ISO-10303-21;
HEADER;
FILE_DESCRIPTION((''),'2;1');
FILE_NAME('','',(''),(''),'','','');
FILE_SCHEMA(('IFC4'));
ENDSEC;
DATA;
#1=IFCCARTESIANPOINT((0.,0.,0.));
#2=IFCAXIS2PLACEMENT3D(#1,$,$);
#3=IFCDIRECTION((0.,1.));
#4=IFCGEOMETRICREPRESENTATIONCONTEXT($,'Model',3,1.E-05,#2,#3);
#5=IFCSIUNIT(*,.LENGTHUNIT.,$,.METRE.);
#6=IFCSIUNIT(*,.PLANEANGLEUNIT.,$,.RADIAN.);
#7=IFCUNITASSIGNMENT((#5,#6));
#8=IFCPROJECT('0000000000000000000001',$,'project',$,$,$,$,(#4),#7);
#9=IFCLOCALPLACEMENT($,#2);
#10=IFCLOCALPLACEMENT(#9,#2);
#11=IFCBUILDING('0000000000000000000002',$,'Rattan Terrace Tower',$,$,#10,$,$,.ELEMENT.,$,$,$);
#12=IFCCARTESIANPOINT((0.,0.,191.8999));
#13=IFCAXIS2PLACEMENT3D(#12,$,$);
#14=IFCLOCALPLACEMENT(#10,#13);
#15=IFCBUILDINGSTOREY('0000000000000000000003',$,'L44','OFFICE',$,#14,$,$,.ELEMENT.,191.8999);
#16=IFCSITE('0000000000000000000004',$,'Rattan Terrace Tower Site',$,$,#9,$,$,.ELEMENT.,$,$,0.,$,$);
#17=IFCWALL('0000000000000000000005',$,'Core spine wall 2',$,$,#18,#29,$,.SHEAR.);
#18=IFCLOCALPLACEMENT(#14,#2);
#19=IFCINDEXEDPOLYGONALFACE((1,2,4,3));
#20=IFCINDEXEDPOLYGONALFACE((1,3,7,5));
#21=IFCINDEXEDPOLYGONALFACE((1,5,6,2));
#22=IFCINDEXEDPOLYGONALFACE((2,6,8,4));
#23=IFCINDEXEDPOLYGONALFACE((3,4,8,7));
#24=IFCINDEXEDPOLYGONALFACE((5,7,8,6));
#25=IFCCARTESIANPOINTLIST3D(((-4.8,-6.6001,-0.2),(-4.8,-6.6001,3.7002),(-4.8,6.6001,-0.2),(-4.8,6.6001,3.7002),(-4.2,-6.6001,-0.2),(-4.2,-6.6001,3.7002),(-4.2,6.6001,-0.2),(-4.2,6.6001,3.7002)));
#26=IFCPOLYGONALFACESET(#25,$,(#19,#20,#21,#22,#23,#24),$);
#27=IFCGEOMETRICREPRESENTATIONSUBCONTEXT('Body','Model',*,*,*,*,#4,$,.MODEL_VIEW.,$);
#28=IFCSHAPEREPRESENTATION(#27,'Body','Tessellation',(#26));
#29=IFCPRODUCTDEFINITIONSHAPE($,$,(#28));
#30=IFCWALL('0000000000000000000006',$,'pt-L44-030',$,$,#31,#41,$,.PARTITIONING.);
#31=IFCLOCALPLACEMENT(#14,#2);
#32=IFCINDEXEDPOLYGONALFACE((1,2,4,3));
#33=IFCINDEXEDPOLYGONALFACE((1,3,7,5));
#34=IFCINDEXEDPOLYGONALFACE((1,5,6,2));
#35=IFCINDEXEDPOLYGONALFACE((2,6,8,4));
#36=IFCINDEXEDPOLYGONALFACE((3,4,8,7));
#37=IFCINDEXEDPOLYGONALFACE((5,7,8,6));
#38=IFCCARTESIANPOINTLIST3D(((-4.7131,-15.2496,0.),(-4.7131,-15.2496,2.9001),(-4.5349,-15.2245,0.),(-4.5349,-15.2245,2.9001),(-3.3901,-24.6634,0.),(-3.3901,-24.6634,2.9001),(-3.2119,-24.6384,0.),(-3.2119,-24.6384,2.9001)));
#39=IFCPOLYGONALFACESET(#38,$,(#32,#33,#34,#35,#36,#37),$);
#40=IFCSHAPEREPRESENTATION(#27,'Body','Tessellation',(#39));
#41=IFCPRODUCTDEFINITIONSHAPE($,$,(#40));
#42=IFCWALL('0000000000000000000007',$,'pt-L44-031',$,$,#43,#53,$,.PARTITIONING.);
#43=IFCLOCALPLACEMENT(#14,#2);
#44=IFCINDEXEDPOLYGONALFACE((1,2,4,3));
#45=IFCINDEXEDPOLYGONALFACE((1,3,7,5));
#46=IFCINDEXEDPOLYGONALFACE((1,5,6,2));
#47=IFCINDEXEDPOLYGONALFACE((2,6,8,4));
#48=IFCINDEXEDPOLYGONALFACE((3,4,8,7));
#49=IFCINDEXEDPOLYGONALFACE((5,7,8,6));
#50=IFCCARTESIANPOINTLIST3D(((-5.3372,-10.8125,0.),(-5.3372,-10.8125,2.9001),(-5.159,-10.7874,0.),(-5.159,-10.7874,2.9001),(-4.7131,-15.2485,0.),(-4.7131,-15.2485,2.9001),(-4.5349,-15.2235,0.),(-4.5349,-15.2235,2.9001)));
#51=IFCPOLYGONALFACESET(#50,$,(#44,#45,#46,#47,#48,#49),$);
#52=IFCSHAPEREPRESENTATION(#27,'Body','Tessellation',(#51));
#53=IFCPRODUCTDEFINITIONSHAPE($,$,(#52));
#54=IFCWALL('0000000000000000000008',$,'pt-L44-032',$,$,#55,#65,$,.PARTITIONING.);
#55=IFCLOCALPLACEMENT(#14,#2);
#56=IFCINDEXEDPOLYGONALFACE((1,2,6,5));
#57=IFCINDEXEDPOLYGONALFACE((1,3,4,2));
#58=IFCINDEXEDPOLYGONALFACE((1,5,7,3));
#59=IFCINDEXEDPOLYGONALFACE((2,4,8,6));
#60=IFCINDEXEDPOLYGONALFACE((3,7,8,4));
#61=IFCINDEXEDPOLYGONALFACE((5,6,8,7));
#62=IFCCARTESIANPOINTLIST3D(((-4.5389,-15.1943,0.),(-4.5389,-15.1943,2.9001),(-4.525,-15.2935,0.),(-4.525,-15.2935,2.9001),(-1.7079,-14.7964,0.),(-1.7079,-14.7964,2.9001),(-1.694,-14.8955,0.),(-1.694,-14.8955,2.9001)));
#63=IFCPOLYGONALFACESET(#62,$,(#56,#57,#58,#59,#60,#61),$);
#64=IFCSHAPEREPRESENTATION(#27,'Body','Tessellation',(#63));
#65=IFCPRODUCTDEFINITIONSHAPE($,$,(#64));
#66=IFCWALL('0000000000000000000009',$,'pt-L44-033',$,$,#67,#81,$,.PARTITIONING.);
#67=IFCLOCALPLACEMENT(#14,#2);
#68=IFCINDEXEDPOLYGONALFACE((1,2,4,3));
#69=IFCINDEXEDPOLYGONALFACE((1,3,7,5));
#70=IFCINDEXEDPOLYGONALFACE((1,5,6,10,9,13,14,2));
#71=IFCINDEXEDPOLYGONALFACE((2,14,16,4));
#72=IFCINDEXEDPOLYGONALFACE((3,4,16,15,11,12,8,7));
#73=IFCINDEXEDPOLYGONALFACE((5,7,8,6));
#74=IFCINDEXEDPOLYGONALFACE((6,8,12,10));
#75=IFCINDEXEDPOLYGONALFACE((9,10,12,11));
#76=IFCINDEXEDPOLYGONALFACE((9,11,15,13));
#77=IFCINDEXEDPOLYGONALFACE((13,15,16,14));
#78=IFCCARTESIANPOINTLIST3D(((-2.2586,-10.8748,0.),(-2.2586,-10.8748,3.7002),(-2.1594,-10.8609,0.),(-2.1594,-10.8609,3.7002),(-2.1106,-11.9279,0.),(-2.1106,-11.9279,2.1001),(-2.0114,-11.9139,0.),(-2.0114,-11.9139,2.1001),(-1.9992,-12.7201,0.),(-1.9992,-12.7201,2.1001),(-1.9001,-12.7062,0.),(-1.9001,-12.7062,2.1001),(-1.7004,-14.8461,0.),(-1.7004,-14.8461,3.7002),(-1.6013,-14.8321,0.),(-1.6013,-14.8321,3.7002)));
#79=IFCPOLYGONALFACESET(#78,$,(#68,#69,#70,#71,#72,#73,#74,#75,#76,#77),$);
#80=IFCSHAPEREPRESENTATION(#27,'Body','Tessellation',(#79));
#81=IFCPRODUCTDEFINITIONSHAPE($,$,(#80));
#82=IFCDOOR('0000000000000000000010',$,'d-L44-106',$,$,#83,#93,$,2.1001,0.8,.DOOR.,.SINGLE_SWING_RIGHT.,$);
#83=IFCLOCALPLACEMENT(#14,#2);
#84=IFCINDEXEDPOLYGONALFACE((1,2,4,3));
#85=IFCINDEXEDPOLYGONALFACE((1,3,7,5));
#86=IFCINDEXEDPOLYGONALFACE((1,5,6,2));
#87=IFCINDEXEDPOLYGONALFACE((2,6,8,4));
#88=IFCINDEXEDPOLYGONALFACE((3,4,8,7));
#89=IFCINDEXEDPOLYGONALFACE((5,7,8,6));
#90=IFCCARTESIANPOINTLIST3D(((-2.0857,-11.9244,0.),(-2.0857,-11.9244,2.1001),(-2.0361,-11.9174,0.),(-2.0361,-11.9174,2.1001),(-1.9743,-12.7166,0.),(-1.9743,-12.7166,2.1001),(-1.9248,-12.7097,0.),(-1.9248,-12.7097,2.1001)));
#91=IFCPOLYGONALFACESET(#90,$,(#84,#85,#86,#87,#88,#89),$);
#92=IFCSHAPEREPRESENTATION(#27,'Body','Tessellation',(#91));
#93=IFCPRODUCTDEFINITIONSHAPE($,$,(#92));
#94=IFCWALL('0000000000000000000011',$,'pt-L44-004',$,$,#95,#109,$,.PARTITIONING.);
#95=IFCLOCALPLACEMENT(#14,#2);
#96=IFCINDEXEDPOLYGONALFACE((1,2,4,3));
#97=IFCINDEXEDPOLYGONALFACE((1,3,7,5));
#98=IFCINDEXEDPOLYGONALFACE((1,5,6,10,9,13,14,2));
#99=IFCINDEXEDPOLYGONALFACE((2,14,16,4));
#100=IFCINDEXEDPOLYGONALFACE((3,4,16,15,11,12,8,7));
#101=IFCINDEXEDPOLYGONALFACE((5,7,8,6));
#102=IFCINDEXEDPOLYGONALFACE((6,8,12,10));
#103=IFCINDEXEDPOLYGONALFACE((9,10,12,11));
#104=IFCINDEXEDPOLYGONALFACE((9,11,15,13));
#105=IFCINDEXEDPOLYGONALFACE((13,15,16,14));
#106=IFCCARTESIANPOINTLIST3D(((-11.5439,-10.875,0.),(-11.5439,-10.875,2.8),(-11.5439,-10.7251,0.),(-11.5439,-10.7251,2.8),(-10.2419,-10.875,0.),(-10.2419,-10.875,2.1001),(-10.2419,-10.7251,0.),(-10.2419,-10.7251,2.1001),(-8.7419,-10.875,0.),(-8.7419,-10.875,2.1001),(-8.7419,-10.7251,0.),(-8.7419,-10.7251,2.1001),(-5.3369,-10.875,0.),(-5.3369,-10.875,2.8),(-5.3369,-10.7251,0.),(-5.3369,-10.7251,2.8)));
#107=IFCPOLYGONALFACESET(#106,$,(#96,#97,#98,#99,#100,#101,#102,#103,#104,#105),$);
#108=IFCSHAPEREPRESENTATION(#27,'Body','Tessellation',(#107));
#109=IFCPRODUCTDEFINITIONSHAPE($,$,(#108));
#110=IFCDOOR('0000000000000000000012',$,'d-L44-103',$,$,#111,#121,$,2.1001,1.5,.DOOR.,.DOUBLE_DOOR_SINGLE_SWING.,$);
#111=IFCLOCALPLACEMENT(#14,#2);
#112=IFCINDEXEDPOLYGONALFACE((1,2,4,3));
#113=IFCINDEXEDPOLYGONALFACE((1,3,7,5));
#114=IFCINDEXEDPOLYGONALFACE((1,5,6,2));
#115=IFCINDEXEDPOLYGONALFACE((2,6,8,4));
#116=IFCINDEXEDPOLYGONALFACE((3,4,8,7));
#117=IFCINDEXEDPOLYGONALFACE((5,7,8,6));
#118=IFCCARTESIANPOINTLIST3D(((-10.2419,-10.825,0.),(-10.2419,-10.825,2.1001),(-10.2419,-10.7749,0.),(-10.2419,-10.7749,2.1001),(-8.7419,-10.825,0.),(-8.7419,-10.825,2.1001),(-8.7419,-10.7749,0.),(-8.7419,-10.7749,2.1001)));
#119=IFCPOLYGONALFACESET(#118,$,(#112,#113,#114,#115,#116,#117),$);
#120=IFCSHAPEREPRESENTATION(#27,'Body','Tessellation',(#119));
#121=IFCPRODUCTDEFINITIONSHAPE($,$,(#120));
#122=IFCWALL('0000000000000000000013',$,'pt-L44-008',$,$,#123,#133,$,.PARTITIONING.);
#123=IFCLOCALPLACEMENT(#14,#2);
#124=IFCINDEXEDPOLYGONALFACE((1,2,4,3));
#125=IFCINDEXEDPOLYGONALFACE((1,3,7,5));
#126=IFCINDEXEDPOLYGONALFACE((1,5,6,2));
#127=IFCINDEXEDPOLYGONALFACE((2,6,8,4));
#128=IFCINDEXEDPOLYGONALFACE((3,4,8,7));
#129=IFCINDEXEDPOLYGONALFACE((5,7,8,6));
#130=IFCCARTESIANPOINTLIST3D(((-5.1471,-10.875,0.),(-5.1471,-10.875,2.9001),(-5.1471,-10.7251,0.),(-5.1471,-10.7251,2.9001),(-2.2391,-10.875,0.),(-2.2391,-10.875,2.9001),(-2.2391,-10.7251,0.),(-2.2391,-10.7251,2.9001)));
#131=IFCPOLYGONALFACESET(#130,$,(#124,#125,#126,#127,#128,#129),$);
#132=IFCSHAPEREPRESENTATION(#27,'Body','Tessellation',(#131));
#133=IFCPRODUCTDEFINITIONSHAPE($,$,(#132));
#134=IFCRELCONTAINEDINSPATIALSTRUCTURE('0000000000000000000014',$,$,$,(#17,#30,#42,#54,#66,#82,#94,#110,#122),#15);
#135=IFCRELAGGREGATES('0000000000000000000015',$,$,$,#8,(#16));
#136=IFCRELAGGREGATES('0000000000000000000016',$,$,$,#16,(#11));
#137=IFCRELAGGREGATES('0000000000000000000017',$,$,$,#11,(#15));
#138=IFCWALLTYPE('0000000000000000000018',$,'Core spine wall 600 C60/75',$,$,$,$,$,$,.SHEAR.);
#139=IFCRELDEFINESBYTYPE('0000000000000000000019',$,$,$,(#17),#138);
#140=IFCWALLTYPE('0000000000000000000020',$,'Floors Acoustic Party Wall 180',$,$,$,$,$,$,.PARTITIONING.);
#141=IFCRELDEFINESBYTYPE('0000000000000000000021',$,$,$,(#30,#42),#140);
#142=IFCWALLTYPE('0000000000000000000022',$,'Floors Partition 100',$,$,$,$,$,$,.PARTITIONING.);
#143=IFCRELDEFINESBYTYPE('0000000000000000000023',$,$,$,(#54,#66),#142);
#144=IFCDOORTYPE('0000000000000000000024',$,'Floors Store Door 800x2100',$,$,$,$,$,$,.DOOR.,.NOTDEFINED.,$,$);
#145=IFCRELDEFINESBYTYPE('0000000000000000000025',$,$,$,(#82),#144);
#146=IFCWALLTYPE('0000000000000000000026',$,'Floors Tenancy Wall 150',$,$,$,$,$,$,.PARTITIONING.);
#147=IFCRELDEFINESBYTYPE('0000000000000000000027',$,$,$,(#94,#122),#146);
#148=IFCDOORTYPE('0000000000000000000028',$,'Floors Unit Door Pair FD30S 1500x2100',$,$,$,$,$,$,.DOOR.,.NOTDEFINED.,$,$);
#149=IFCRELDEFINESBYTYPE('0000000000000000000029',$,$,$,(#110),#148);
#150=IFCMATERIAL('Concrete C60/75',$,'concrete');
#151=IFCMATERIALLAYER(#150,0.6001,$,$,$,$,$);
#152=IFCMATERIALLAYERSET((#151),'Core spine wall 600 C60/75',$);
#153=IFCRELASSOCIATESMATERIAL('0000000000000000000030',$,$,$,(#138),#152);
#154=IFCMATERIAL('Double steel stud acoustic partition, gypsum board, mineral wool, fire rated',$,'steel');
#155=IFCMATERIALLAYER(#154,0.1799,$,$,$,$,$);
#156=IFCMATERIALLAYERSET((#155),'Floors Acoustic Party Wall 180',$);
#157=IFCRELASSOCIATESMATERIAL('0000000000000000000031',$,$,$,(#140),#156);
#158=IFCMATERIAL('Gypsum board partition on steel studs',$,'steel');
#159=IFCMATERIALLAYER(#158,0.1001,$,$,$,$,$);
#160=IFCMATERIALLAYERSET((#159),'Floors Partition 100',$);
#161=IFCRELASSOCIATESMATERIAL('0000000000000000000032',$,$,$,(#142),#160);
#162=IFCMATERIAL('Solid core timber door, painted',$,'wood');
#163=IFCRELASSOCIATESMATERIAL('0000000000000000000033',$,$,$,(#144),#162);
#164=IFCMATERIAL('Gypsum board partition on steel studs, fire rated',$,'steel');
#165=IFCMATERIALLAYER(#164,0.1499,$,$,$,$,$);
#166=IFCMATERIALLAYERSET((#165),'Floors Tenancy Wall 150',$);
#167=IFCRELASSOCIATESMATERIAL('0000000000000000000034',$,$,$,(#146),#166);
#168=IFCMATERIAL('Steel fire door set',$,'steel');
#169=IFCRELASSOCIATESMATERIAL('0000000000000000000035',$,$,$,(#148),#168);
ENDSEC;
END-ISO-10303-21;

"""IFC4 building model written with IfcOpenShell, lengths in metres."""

from ifc_helpers import new_model, si_unit, direction, frame, frame_2d, origin, place, context, subcontext, project, spatial, rectangle, extrude, material, layer, layer_set, type_object, element, fill, save


model = new_model("IFC4")

# Units and contexts
model_context = context("Model", 3, precision=1e-05, world=origin(), true_north=direction((0.0, 1.0)))
body_context = subcontext(model_context, "Body", "Model", "MODEL_VIEW")
ifc_project = project(units=[si_unit("LENGTHUNIT", "METRE"), si_unit("PLANEANGLEUNIT", "RADIAN")], contexts=[model_context])

# Site, building, storey
site_placement = place(None, origin())
site = spatial("IfcSite", under=ifc_project, at=site_placement, Name="Rattan Terrace Tower Site", CompositionType="ELEMENT", RefElevation=0.0)
building_placement = place(site_placement, origin())
building = spatial("IfcBuilding", under=site, at=building_placement, Name="Rattan Terrace Tower", CompositionType="ELEMENT")
storey_placement = place(building_placement, frame((0.0, 0.0, 191.8999)))
storey = spatial("IfcBuildingStorey", under=building, at=storey_placement, Name="L44", Description="OFFICE", CompositionType="ELEMENT", Elevation=191.8999)

# Walls
ifc_material_1 = material(Name="Concrete C60/75", Category="concrete")
ifc_layer_1 = layer(ifc_material_1, 0.6001)
ifc_layer_set_1 = layer_set([ifc_layer_1], Name="Core spine wall 600 C60/75")
wall_type_1 = type_object("IfcWallType", Name="Core spine wall 600 C60/75", PredefinedType="SHEAR", material=ifc_layer_set_1)
wall_1_placement = place(storey_placement, frame((-4.5, -6.6001, -0.2), z_axis=(0.0, 0.0, 1.0), x_axis=(0.0, 1.0, 0.0)))
element("IfcWall", 1, at=wall_1_placement, inside=storey, type_object=wall_type_1, Name="Core spine wall 2", PredefinedType="SHEAR", context=body_context, shape_type="SweptSolid", body=[
    extrude(rectangle(XDim=13.2002, YDim=0.6001, at=frame_2d((6.6001, 0.0))), origin(), (0.0, 0.0, 1.0), 3.9001),
])
ifc_material_2 = material(Name="Double steel stud acoustic partition, gypsum board, mineral wool, fire rated", Category="steel")
ifc_layer_2 = layer(ifc_material_2, 0.1799)
ifc_layer_set_2 = layer_set([ifc_layer_2], Name="Floors Acoustic Party Wall 180")
wall_type_2 = type_object("IfcWallType", Name="Floors Acoustic Party Wall 180", PredefinedType="PARTITIONING", material=ifc_layer_set_2)
wall_2_placement = place(storey_placement, frame((-4.624, -15.2371, 0.0), z_axis=(0.0, 0.0, 1.0), x_axis=(0.13917, -0.990268, 0.0)))
element("IfcWall", 2, at=wall_2_placement, inside=storey, type_object=wall_type_2, Name="pt-L44-030", PredefinedType="PARTITIONING", context=body_context, shape_type="SweptSolid", body=[
    extrude(rectangle(XDim=9.5063, YDim=0.1799, at=frame_2d((4.7532, 0.0))), origin(), (0.0, 0.0, 1.0), 2.9001),
])
wall_3_placement = place(storey_placement, frame((-5.248, -10.8, 0.0), z_axis=(0.0, 0.0, 1.0), x_axis=(0.1393, -0.99025, 0.0)))
element("IfcWall", 3, at=wall_3_placement, inside=storey, type_object=wall_type_2, Name="pt-L44-031", PredefinedType="PARTITIONING", context=body_context, shape_type="SweptSolid", body=[
    extrude(rectangle(XDim=4.4797, YDim=0.1799, at=frame_2d((2.2397, 0.0))), origin(), (0.0, 0.0, 1.0), 2.9001),
])
ifc_material_3 = material(Name="Gypsum board partition on steel studs", Category="steel")
ifc_layer_3 = layer(ifc_material_3, 0.1001)
ifc_layer_set_3 = layer_set([ifc_layer_3], Name="Floors Partition 100")
wall_type_3 = type_object("IfcWallType", Name="Floors Partition 100", PredefinedType="PARTITIONING", material=ifc_layer_set_3)
wall_4_placement = place(storey_placement, frame((-4.532, -15.2439, 0.0), z_axis=(0.0, 0.0, 1.0), x_axis=(0.990265, 0.139197, 0.0)))
element("IfcWall", 4, at=wall_4_placement, inside=storey, type_object=wall_type_3, Name="pt-L44-032", PredefinedType="PARTITIONING", context=body_context, shape_type="SweptSolid", body=[
    extrude(rectangle(XDim=2.8589, YDim=0.1001, at=frame_2d((1.4294, 0.0))), origin(), (0.0, 0.0, 1.0), 2.9001),
])

# Walls, openings, doors
wall_5_placement = place(storey_placement, frame((-1.6509, -14.8391, 0.0), z_axis=(0.0, 0.0, 1.0), x_axis=(-0.139171, 0.990268, 0.0)))
wall_5 = element("IfcWall", 5, at=wall_5_placement, inside=storey, type_object=wall_type_3, Name="pt-L44-033", PredefinedType="PARTITIONING", context=body_context, shape_type="SweptSolid", body=[
    extrude(rectangle(XDim=4.0103, YDim=0.1001, at=frame_2d((2.0051, 0.0))), origin(), (0.0, 0.0, 1.0), 3.7002),
])
opening_1_placement = place(wall_5_placement, frame((2.147, 0.0, 0.0)))
opening_1 = element("IfcOpeningElement", 6, at=opening_1_placement, cuts=wall_5, PredefinedType="OPENING", context=body_context, shape_type="SweptSolid", body=[
    extrude(rectangle(XDim=0.8, YDim=2.1001, at=frame_2d((0.3999, 1.05))), frame((0.0, 0.0605, 0.0), z_axis=(0.0, -1.0, 0.0), x_axis=(1.0, 0.0, 0.0)), (0.0, 0.0, 1.0), 0.1211),
])
ifc_material_4 = material(Name="Solid core timber door, painted", Category="wood")
door_type_1 = type_object("IfcDoorType", Name="Floors Store Door 800x2100", OperationType="NOTDEFINED", PredefinedType="DOOR", material=ifc_material_4)
door_1_placement = place(opening_1_placement, origin())
door_1 = element("IfcDoor", 7, at=door_1_placement, inside=storey, type_object=door_type_1, Name="d-L44-106", OperationType="SINGLE_SWING_RIGHT", OverallHeight=2.1001, OverallWidth=0.8, PredefinedType="DOOR", context=body_context, shape_type="SweptSolid", body=[
    extrude(rectangle(XDim=0.8, YDim=2.1001, at=frame_2d((0.3999, 1.05))), frame((0.0, 0.0249, 0.0), z_axis=(0.0, -1.0, 0.0), x_axis=(1.0, 0.0, 0.0)), (0.0, 0.0, 1.0), 0.05),
])
fill(opening_1, door_1)
ifc_material_5 = material(Name="Gypsum board partition on steel studs, fire rated", Category="steel")
ifc_layer_4 = layer(ifc_material_5, 0.1499)
ifc_layer_set_4 = layer_set([ifc_layer_4], Name="Floors Tenancy Wall 150")
wall_type_4 = type_object("IfcWallType", Name="Floors Tenancy Wall 150", PredefinedType="PARTITIONING", material=ifc_layer_set_4)
wall_6_placement = place(storey_placement, frame((-5.3369, -10.8, 0.0), z_axis=(0.0, 0.0, 1.0), x_axis=(-1.0, 0.0, 0.0)))
wall_6 = element("IfcWall", 8, at=wall_6_placement, inside=storey, type_object=wall_type_4, Name="pt-L44-004", PredefinedType="PARTITIONING", context=body_context, shape_type="SweptSolid", body=[
    extrude(rectangle(XDim=6.207, YDim=0.1499, at=frame_2d((3.1035, 0.0))), origin(), (0.0, 0.0, 1.0), 2.8),
])
opening_2_placement = place(wall_6_placement, frame((3.405, 0.0, 0.0)))
opening_2 = element("IfcOpeningElement", 9, at=opening_2_placement, cuts=wall_6, PredefinedType="OPENING", context=body_context, shape_type="SweptSolid", body=[
    extrude(rectangle(XDim=1.5, YDim=2.1001, at=frame_2d((0.75, 1.05))), frame((0.0, 0.0854, 0.0), z_axis=(0.0, -1.0, 0.0), x_axis=(1.0, 0.0, 0.0)), (0.0, 0.0, 1.0), 0.1709),
])
ifc_material_6 = material(Name="Steel fire door set", Category="steel")
door_type_2 = type_object("IfcDoorType", Name="Floors Unit Door Pair FD30S 1500x2100", OperationType="NOTDEFINED", PredefinedType="DOOR", material=ifc_material_6)
door_2_placement = place(opening_2_placement, origin())
door_2 = element("IfcDoor", 10, at=door_2_placement, inside=storey, type_object=door_type_2, Name="d-L44-103", OperationType="DOUBLE_DOOR_SINGLE_SWING", OverallHeight=2.1001, OverallWidth=1.5, PredefinedType="DOOR", context=body_context, shape_type="SweptSolid", body=[
    extrude(rectangle(XDim=1.5, YDim=2.1001, at=frame_2d((0.75, 1.05))), frame((0.0, 0.0249, 0.0), z_axis=(0.0, -1.0, 0.0), x_axis=(1.0, 0.0, 0.0)), (0.0, 0.0, 1.0), 0.05),
])
fill(opening_2, door_2)

# Wall
wall_7_placement = place(storey_placement, frame((-2.239, -10.8, 0.0), z_axis=(0.0, 0.0, 1.0), x_axis=(-1.0, 0.0, 0.0)))
element("IfcWall", 11, at=wall_7_placement, inside=storey, type_object=wall_type_4, Name="pt-L44-008", PredefinedType="PARTITIONING", context=body_context, shape_type="SweptSolid", body=[
    extrude(rectangle(XDim=2.908, YDim=0.1499, at=frame_2d((1.4541, 0.0))), origin(), (0.0, 0.0, 1.0), 2.9001),
])

save(model, "model.ifc")
